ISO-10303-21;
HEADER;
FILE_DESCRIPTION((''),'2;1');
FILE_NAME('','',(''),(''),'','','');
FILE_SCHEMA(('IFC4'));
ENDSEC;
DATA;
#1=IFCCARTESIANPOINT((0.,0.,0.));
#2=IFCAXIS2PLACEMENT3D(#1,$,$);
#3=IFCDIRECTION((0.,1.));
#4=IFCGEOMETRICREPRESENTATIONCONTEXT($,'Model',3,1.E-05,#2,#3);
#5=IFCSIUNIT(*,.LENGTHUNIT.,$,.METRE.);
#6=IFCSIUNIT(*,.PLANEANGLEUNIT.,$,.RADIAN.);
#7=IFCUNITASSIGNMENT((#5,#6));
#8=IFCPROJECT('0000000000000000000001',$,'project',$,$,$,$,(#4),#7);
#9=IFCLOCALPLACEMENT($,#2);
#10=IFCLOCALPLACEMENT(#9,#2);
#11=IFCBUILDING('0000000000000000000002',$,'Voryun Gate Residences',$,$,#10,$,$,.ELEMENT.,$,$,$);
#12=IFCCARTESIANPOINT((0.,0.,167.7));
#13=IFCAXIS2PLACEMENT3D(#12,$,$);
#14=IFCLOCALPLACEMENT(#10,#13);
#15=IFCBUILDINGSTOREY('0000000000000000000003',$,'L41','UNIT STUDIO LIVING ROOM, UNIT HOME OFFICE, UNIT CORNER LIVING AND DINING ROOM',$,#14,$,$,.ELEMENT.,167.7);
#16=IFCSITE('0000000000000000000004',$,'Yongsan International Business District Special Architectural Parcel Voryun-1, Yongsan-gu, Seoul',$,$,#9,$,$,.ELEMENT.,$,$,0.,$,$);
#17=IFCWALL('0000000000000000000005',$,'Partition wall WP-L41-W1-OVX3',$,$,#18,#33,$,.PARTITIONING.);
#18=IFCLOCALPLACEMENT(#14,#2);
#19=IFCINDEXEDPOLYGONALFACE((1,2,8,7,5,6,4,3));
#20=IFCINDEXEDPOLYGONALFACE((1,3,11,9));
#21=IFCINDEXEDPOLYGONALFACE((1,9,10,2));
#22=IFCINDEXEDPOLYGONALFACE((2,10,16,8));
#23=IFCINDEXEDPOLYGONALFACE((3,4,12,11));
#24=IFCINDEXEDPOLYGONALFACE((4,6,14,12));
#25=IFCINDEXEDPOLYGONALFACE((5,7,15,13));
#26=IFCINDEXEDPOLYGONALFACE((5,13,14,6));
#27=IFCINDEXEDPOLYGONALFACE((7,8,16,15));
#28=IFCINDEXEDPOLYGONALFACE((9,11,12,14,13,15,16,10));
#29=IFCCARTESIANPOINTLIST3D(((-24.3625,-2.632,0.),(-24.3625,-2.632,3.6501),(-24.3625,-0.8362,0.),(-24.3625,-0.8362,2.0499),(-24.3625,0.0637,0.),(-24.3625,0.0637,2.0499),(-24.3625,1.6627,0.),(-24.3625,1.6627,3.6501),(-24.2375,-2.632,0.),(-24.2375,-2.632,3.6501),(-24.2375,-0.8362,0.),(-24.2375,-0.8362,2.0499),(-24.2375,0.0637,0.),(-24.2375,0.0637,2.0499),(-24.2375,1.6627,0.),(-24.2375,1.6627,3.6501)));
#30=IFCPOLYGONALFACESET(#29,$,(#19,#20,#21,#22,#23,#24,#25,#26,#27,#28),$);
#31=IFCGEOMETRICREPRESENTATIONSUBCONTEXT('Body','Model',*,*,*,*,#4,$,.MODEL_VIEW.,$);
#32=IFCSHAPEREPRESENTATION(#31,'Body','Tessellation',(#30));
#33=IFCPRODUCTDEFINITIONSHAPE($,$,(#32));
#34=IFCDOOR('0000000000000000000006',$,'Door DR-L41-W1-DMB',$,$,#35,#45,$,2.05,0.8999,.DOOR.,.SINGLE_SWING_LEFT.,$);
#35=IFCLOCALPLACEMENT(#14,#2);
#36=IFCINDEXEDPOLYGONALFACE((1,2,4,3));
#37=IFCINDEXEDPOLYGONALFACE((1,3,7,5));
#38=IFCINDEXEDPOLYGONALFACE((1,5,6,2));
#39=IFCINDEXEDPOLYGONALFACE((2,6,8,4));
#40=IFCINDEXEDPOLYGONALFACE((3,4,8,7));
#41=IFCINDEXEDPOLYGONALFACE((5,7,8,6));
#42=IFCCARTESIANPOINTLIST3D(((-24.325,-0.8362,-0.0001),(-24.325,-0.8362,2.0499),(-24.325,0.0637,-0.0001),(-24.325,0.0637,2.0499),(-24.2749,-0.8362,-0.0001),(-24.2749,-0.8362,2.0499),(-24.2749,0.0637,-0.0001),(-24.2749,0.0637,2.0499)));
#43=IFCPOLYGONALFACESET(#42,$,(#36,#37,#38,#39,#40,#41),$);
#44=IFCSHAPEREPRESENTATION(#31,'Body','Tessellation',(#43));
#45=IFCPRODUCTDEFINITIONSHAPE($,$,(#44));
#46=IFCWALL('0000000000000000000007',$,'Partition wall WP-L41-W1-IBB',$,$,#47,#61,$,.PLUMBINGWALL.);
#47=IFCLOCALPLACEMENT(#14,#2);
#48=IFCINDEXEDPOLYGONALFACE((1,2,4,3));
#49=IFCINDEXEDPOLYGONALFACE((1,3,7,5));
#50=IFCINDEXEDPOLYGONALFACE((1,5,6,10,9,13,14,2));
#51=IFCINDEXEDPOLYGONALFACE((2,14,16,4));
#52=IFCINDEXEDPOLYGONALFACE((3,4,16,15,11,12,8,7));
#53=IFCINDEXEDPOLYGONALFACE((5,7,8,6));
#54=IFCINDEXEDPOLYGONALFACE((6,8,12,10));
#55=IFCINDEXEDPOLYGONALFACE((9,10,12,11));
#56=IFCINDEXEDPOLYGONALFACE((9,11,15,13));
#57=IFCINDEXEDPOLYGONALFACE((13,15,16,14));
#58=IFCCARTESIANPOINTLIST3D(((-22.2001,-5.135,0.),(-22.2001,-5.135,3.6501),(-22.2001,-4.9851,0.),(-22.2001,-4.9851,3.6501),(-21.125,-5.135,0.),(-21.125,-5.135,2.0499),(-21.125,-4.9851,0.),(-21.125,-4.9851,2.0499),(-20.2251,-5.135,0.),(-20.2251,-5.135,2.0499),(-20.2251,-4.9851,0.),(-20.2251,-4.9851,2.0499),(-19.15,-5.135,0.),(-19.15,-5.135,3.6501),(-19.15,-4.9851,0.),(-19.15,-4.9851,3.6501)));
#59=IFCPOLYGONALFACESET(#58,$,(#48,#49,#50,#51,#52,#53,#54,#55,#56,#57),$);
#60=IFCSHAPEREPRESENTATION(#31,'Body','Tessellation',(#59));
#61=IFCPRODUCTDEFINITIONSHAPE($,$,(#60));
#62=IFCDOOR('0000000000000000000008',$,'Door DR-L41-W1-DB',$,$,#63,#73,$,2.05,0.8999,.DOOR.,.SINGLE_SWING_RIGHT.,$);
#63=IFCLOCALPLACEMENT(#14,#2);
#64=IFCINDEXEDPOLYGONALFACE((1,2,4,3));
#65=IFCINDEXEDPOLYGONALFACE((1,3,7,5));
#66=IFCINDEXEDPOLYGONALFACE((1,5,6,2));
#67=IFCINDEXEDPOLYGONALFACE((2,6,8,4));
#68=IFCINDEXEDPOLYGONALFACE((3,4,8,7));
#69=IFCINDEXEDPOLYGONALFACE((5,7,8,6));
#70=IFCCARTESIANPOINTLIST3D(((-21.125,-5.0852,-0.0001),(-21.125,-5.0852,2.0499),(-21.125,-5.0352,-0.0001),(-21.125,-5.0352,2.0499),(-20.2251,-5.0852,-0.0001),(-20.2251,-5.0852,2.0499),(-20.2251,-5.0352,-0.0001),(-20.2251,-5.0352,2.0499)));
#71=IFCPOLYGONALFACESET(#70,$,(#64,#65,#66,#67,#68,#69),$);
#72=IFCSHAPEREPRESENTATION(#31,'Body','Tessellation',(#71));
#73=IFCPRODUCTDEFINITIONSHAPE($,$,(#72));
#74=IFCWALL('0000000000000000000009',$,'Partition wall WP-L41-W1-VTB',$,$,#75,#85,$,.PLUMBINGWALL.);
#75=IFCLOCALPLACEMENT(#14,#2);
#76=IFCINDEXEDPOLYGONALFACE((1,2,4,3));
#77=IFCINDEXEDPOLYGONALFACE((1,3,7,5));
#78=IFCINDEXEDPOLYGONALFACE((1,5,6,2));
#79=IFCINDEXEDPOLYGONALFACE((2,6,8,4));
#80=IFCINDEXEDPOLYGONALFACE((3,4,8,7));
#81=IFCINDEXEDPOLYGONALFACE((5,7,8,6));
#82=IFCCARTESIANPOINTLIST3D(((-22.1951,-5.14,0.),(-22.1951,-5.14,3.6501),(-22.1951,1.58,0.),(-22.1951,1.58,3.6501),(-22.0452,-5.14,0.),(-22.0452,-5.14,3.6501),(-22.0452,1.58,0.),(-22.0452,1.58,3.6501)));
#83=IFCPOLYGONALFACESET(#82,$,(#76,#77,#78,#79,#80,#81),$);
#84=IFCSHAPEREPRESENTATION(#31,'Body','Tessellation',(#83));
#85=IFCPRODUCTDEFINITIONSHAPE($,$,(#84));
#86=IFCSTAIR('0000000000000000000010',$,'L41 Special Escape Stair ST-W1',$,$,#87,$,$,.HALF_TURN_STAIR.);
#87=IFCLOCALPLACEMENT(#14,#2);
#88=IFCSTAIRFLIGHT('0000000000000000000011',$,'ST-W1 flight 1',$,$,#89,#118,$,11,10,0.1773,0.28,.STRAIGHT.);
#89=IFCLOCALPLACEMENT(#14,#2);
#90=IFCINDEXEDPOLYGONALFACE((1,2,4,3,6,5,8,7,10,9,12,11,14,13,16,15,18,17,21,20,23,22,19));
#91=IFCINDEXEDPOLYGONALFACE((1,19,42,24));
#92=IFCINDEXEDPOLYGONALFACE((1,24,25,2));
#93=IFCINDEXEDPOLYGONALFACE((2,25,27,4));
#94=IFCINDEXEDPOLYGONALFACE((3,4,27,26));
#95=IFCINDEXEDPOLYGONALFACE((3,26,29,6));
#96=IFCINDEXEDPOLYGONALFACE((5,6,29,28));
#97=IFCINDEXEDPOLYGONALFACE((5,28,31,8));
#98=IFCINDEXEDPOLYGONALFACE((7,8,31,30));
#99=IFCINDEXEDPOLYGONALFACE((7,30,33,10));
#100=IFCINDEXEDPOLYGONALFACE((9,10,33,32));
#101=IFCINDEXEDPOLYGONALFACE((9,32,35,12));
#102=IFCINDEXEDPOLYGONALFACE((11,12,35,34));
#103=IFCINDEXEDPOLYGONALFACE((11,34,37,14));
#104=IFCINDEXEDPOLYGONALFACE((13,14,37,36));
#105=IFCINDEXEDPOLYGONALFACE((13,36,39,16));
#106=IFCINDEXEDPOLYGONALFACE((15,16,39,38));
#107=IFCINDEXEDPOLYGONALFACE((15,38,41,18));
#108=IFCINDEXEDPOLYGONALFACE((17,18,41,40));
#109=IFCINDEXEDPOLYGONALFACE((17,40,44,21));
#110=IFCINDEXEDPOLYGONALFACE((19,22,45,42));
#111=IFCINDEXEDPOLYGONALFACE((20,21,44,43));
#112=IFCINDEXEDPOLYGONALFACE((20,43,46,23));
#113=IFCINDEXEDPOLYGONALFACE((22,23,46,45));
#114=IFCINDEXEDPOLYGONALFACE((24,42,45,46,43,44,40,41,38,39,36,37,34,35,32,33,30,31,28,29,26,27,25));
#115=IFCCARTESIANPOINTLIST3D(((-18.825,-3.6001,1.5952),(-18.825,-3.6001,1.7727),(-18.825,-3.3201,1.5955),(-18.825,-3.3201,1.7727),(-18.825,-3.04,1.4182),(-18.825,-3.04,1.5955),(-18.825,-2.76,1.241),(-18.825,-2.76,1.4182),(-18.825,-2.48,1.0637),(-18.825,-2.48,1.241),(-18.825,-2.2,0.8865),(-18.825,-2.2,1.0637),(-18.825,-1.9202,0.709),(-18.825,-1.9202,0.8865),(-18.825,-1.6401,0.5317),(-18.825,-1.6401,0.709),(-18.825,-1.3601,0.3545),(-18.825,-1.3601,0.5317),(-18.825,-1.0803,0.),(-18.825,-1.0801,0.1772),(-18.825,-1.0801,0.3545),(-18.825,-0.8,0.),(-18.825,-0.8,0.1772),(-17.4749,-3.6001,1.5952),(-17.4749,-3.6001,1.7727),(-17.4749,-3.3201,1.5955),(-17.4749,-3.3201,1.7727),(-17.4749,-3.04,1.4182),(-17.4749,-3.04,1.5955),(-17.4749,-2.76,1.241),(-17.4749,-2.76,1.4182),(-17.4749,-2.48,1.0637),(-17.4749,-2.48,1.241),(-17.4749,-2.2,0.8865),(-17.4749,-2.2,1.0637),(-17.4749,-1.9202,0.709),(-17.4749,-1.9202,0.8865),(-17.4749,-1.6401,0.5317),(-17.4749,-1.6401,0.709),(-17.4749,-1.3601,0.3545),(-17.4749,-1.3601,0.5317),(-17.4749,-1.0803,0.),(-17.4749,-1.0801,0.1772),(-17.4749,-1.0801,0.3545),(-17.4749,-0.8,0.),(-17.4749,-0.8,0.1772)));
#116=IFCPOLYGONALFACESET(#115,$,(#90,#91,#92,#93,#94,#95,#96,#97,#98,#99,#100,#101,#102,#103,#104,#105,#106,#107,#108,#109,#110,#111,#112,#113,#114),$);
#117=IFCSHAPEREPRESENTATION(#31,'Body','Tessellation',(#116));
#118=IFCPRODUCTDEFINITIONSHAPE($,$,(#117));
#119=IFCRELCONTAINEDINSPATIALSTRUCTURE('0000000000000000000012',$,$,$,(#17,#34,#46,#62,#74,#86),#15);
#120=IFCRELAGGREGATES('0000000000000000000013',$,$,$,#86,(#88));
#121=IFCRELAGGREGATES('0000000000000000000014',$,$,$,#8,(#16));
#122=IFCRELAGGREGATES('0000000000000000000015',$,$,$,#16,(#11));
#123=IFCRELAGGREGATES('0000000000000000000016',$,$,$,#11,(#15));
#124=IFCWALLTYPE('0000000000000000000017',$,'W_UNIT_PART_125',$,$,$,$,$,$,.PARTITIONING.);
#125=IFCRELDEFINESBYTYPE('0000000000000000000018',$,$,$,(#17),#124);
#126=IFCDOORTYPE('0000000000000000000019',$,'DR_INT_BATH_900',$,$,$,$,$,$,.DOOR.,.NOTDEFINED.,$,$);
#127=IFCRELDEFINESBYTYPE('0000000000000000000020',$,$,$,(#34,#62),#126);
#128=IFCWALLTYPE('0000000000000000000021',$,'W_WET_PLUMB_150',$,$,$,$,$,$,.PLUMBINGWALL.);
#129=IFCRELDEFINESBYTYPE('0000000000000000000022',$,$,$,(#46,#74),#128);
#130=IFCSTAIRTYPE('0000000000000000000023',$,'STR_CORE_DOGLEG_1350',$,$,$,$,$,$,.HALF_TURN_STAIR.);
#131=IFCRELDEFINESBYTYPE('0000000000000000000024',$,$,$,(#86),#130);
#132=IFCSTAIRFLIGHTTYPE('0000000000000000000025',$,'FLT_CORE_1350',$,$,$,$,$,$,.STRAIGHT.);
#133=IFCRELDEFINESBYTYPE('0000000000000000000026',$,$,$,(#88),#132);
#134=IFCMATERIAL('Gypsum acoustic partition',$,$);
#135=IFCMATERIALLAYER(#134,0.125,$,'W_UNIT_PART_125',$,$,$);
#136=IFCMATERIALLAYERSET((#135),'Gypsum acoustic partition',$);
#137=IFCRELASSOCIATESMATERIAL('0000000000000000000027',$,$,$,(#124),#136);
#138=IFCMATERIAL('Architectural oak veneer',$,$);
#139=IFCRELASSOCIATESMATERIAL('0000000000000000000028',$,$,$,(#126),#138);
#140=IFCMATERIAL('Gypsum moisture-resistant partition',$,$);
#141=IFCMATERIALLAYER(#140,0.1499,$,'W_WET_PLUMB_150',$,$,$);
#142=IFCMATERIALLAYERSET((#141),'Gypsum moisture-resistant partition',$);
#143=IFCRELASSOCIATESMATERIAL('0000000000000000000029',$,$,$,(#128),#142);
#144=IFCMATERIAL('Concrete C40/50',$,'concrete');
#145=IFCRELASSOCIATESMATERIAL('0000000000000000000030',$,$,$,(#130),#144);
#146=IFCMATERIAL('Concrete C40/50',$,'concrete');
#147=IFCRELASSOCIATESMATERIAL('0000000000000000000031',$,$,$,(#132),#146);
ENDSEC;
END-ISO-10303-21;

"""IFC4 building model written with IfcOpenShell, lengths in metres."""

from ifc_helpers import new_model, si_unit, direction, frame, frame_2d, origin, place, context, subcontext, project, spatial, polyline, rectangle, outline, extrude, material, layer, layer_set, type_object, element, fill, aggregate, save


model = new_model("IFC4")

# Units and contexts
model_context = context("Model", 3, precision=1e-05, world=origin(), true_north=direction((0.0, 1.0)))
body_context = subcontext(model_context, "Body", "Model", "MODEL_VIEW")
ifc_project = project(units=[si_unit("LENGTHUNIT", "METRE"), si_unit("PLANEANGLEUNIT", "RADIAN")], contexts=[model_context])

# Site, building, storey
site_placement = place(None, origin())
site = spatial("IfcSite", under=ifc_project, at=site_placement, Name="Yongsan International Business District Special Architectural Parcel Voryun-1, Yongsan-gu, Seoul", CompositionType="ELEMENT", RefElevation=0.0)
building_placement = place(site_placement, origin())
building = spatial("IfcBuilding", under=site, at=building_placement, Name="Voryun Gate Residences", CompositionType="ELEMENT")
storey_placement = place(building_placement, frame((0.0, 0.0, 167.7)))
storey = spatial("IfcBuildingStorey", under=building, at=storey_placement, Name="L41", Description="UNIT STUDIO LIVING ROOM, UNIT HOME OFFICE, UNIT CORNER LIVING AND DINING ROOM", CompositionType="ELEMENT", Elevation=167.7)

# Shared definitions
ifc_material_1 = material(Name="Gypsum acoustic partition")
ifc_layer_1 = layer(ifc_material_1, 0.125, Name="W_UNIT_PART_125")
ifc_layer_set_1 = layer_set([ifc_layer_1], Name="Gypsum acoustic partition")
wall_type_1 = type_object("IfcWallType", Name="W_UNIT_PART_125", PredefinedType="PARTITIONING", material=ifc_layer_set_1)

# Walls, openings, doors
wall_1_placement = place(storey_placement, frame((-24.3, -2.6321, 0.0), z_axis=(0.0, 0.0, 1.0), x_axis=(0.0, 1.0, 0.0)))
wall_1 = element("IfcWall", 1, at=wall_1_placement, inside=storey, type_object=wall_type_1, Name="Partition wall WP-L41-W1-OVX3", PredefinedType="PARTITIONING", context=body_context, shape_type="SweptSolid", body=[
    extrude(rectangle(XDim=4.2947, YDim=0.125, at=frame_2d((2.1475, 0.0))), origin(), (0.0, 0.0, 1.0), 3.6501),
])
opening_1_placement = place(wall_1_placement, frame((1.7959, 0.0, 0.0)))
opening_1 = element("IfcOpeningElement", 2, at=opening_1_placement, cuts=wall_1, PredefinedType="OPENING", context=body_context, shape_type="SweptSolid", body=[
    extrude(rectangle(XDim=0.8999, YDim=2.05, at=frame_2d((0.45, 1.0249))), frame((0.0, 0.0725, 0.0), z_axis=(0.0, -1.0, 0.0), x_axis=(1.0, 0.0, 0.0)), (0.0, 0.0, 1.0), 0.145),
])
ifc_material_2 = material(Name="Architectural oak veneer")
door_type = type_object("IfcDoorType", Name="DR_INT_BATH_900", OperationType="NOTDEFINED", PredefinedType="DOOR", material=ifc_material_2)
door_1_placement = place(opening_1_placement, origin())
door_1 = element("IfcDoor", 3, at=door_1_placement, inside=storey, type_object=door_type, Name="Door DR-L41-W1-DMB", OperationType="SINGLE_SWING_LEFT", OverallHeight=2.05, OverallWidth=0.8999, PredefinedType="DOOR", context=body_context, shape_type="SweptSolid", body=[
    extrude(rectangle(XDim=0.8999, YDim=2.05, at=frame_2d((0.45, 1.0249))), frame((0.0, 0.0249, 0.0), z_axis=(0.0, -1.0, 0.0), x_axis=(1.0, 0.0, 0.0)), (0.0, 0.0, 1.0), 0.05),
])
fill(opening_1, door_1)
ifc_material_3 = material(Name="Gypsum moisture-resistant partition")
ifc_layer_2 = layer(ifc_material_3, 0.1499, Name="W_WET_PLUMB_150")
ifc_layer_set_2 = layer_set([ifc_layer_2], Name="Gypsum moisture-resistant partition")
wall_type_2 = type_object("IfcWallType", Name="W_WET_PLUMB_150", PredefinedType="PLUMBINGWALL", material=ifc_layer_set_2)
wall_2_placement = place(storey_placement, frame((-22.2, -5.0601, 0.0), z_axis=(0.0, 0.0, 1.0), x_axis=(1.0, 0.0, 0.0)))
wall_2 = element("IfcWall", 4, at=wall_2_placement, inside=storey, type_object=wall_type_2, Name="Partition wall WP-L41-W1-IBB", PredefinedType="PLUMBINGWALL", context=body_context, shape_type="SweptSolid", body=[
    extrude(rectangle(XDim=3.05, YDim=0.1499, at=frame_2d((1.5249, 0.0))), origin(), (0.0, 0.0, 1.0), 3.6501),
])
opening_2_placement = place(wall_2_placement, frame((1.075, 0.0, 0.0)))
opening_2 = element("IfcOpeningElement", 5, at=opening_2_placement, cuts=wall_2, PredefinedType="OPENING", context=body_context, shape_type="SweptSolid", body=[
    extrude(rectangle(XDim=0.8999, YDim=2.05, at=frame_2d((0.45, 1.0249))), frame((0.0, 0.085, 0.0), z_axis=(0.0, -1.0, 0.0), x_axis=(1.0, 0.0, 0.0)), (0.0, 0.0, 1.0), 0.1699),
])
door_2_placement = place(opening_2_placement, origin())
door_2 = element("IfcDoor", 6, at=door_2_placement, inside=storey, type_object=door_type, Name="Door DR-L41-W1-DB", OperationType="SINGLE_SWING_RIGHT", OverallHeight=2.05, OverallWidth=0.8999, PredefinedType="DOOR", context=body_context, shape_type="SweptSolid", body=[
    extrude(rectangle(XDim=0.8999, YDim=2.05, at=frame_2d((0.45, 1.0249))), frame((0.0, 0.0249, 0.0), z_axis=(0.0, -1.0, 0.0), x_axis=(1.0, 0.0, 0.0)), (0.0, 0.0, 1.0), 0.05),
])
fill(opening_2, door_2)

# Wall
wall_3_placement = place(storey_placement, frame((-22.1201, -5.1399, 0.0), z_axis=(0.0, 0.0, 1.0), x_axis=(0.0, 1.0, 0.0)))
element("IfcWall", 7, at=wall_3_placement, inside=storey, type_object=wall_type_2, Name="Partition wall WP-L41-W1-VTB", PredefinedType="PLUMBINGWALL", context=body_context, shape_type="SweptSolid", body=[
    extrude(rectangle(XDim=6.72, YDim=0.1499, at=frame_2d((3.3599, 0.0))), origin(), (0.0, 0.0, 1.0), 3.6501),
])

# Stair, stair flight
ifc_material_4 = material(Name="Concrete C40/50", Category="concrete")
stair_type = type_object("IfcStairType", Name="STR_CORE_DOGLEG_1350", PredefinedType="HALF_TURN_STAIR", material=ifc_material_4)
stair_placement = place(storey_placement, origin())
stair = element("IfcStair", 8, at=stair_placement, inside=storey, type_object=stair_type, Name="L41 Special Escape Stair ST-W1", PredefinedType="HALF_TURN_STAIR")
ifc_material_5 = material(Name="Concrete C40/50", Category="concrete")
stair_flight_type = type_object("IfcStairFlightType", Name="FLT_CORE_1350", PredefinedType="STRAIGHT", material=ifc_material_5)
stair_flight_placement = place(storey_placement, frame((-18.1499, -0.8, 0.0), z_axis=(0.0, 0.0, 1.0), x_axis=(0.0, -1.0, 0.0)))
stair_flight = element("IfcStairFlight", 9, at=stair_flight_placement, type_object=stair_flight_type, Name="ST-W1 flight 1", NumberOfRisers=11, NumberOfTreads=10, PredefinedType="STRAIGHT", RiserHeight=0.1773, TreadLength=0.28, context=body_context, shape_type="SweptSolid", body=[
    extrude(outline(polyline([(0.0, 0.0), (0.0, 0.1772), (0.28, 0.1772), (0.28, 0.3545), (0.5601, 0.3545), (0.5601, 0.5317), (0.8401, 0.5317), (0.8401, 0.709), (1.1201, 0.709), (1.1201, 0.8865), (1.3999, 0.8865), (1.3999, 1.0637), (1.6799, 1.0637), (1.6799, 1.241), (1.96, 1.241), (1.96, 1.4182), (2.24, 1.4182), (2.24, 1.5955), (2.52, 1.5955), (2.52, 1.7727), (2.8, 1.7727), (2.8, 1.95), (2.8, 1.5952), (0.2803, 0.0), (0.0, 0.0)])), frame((0.0, 0.675, 0.0), z_axis=(0.0, -1.0, 0.0), x_axis=(1.0, 0.0, 0.0)), (0.0, 0.0, 1.0), 1.3501),
])
aggregate(stair, [stair_flight])

save(model, "model.ifc")
